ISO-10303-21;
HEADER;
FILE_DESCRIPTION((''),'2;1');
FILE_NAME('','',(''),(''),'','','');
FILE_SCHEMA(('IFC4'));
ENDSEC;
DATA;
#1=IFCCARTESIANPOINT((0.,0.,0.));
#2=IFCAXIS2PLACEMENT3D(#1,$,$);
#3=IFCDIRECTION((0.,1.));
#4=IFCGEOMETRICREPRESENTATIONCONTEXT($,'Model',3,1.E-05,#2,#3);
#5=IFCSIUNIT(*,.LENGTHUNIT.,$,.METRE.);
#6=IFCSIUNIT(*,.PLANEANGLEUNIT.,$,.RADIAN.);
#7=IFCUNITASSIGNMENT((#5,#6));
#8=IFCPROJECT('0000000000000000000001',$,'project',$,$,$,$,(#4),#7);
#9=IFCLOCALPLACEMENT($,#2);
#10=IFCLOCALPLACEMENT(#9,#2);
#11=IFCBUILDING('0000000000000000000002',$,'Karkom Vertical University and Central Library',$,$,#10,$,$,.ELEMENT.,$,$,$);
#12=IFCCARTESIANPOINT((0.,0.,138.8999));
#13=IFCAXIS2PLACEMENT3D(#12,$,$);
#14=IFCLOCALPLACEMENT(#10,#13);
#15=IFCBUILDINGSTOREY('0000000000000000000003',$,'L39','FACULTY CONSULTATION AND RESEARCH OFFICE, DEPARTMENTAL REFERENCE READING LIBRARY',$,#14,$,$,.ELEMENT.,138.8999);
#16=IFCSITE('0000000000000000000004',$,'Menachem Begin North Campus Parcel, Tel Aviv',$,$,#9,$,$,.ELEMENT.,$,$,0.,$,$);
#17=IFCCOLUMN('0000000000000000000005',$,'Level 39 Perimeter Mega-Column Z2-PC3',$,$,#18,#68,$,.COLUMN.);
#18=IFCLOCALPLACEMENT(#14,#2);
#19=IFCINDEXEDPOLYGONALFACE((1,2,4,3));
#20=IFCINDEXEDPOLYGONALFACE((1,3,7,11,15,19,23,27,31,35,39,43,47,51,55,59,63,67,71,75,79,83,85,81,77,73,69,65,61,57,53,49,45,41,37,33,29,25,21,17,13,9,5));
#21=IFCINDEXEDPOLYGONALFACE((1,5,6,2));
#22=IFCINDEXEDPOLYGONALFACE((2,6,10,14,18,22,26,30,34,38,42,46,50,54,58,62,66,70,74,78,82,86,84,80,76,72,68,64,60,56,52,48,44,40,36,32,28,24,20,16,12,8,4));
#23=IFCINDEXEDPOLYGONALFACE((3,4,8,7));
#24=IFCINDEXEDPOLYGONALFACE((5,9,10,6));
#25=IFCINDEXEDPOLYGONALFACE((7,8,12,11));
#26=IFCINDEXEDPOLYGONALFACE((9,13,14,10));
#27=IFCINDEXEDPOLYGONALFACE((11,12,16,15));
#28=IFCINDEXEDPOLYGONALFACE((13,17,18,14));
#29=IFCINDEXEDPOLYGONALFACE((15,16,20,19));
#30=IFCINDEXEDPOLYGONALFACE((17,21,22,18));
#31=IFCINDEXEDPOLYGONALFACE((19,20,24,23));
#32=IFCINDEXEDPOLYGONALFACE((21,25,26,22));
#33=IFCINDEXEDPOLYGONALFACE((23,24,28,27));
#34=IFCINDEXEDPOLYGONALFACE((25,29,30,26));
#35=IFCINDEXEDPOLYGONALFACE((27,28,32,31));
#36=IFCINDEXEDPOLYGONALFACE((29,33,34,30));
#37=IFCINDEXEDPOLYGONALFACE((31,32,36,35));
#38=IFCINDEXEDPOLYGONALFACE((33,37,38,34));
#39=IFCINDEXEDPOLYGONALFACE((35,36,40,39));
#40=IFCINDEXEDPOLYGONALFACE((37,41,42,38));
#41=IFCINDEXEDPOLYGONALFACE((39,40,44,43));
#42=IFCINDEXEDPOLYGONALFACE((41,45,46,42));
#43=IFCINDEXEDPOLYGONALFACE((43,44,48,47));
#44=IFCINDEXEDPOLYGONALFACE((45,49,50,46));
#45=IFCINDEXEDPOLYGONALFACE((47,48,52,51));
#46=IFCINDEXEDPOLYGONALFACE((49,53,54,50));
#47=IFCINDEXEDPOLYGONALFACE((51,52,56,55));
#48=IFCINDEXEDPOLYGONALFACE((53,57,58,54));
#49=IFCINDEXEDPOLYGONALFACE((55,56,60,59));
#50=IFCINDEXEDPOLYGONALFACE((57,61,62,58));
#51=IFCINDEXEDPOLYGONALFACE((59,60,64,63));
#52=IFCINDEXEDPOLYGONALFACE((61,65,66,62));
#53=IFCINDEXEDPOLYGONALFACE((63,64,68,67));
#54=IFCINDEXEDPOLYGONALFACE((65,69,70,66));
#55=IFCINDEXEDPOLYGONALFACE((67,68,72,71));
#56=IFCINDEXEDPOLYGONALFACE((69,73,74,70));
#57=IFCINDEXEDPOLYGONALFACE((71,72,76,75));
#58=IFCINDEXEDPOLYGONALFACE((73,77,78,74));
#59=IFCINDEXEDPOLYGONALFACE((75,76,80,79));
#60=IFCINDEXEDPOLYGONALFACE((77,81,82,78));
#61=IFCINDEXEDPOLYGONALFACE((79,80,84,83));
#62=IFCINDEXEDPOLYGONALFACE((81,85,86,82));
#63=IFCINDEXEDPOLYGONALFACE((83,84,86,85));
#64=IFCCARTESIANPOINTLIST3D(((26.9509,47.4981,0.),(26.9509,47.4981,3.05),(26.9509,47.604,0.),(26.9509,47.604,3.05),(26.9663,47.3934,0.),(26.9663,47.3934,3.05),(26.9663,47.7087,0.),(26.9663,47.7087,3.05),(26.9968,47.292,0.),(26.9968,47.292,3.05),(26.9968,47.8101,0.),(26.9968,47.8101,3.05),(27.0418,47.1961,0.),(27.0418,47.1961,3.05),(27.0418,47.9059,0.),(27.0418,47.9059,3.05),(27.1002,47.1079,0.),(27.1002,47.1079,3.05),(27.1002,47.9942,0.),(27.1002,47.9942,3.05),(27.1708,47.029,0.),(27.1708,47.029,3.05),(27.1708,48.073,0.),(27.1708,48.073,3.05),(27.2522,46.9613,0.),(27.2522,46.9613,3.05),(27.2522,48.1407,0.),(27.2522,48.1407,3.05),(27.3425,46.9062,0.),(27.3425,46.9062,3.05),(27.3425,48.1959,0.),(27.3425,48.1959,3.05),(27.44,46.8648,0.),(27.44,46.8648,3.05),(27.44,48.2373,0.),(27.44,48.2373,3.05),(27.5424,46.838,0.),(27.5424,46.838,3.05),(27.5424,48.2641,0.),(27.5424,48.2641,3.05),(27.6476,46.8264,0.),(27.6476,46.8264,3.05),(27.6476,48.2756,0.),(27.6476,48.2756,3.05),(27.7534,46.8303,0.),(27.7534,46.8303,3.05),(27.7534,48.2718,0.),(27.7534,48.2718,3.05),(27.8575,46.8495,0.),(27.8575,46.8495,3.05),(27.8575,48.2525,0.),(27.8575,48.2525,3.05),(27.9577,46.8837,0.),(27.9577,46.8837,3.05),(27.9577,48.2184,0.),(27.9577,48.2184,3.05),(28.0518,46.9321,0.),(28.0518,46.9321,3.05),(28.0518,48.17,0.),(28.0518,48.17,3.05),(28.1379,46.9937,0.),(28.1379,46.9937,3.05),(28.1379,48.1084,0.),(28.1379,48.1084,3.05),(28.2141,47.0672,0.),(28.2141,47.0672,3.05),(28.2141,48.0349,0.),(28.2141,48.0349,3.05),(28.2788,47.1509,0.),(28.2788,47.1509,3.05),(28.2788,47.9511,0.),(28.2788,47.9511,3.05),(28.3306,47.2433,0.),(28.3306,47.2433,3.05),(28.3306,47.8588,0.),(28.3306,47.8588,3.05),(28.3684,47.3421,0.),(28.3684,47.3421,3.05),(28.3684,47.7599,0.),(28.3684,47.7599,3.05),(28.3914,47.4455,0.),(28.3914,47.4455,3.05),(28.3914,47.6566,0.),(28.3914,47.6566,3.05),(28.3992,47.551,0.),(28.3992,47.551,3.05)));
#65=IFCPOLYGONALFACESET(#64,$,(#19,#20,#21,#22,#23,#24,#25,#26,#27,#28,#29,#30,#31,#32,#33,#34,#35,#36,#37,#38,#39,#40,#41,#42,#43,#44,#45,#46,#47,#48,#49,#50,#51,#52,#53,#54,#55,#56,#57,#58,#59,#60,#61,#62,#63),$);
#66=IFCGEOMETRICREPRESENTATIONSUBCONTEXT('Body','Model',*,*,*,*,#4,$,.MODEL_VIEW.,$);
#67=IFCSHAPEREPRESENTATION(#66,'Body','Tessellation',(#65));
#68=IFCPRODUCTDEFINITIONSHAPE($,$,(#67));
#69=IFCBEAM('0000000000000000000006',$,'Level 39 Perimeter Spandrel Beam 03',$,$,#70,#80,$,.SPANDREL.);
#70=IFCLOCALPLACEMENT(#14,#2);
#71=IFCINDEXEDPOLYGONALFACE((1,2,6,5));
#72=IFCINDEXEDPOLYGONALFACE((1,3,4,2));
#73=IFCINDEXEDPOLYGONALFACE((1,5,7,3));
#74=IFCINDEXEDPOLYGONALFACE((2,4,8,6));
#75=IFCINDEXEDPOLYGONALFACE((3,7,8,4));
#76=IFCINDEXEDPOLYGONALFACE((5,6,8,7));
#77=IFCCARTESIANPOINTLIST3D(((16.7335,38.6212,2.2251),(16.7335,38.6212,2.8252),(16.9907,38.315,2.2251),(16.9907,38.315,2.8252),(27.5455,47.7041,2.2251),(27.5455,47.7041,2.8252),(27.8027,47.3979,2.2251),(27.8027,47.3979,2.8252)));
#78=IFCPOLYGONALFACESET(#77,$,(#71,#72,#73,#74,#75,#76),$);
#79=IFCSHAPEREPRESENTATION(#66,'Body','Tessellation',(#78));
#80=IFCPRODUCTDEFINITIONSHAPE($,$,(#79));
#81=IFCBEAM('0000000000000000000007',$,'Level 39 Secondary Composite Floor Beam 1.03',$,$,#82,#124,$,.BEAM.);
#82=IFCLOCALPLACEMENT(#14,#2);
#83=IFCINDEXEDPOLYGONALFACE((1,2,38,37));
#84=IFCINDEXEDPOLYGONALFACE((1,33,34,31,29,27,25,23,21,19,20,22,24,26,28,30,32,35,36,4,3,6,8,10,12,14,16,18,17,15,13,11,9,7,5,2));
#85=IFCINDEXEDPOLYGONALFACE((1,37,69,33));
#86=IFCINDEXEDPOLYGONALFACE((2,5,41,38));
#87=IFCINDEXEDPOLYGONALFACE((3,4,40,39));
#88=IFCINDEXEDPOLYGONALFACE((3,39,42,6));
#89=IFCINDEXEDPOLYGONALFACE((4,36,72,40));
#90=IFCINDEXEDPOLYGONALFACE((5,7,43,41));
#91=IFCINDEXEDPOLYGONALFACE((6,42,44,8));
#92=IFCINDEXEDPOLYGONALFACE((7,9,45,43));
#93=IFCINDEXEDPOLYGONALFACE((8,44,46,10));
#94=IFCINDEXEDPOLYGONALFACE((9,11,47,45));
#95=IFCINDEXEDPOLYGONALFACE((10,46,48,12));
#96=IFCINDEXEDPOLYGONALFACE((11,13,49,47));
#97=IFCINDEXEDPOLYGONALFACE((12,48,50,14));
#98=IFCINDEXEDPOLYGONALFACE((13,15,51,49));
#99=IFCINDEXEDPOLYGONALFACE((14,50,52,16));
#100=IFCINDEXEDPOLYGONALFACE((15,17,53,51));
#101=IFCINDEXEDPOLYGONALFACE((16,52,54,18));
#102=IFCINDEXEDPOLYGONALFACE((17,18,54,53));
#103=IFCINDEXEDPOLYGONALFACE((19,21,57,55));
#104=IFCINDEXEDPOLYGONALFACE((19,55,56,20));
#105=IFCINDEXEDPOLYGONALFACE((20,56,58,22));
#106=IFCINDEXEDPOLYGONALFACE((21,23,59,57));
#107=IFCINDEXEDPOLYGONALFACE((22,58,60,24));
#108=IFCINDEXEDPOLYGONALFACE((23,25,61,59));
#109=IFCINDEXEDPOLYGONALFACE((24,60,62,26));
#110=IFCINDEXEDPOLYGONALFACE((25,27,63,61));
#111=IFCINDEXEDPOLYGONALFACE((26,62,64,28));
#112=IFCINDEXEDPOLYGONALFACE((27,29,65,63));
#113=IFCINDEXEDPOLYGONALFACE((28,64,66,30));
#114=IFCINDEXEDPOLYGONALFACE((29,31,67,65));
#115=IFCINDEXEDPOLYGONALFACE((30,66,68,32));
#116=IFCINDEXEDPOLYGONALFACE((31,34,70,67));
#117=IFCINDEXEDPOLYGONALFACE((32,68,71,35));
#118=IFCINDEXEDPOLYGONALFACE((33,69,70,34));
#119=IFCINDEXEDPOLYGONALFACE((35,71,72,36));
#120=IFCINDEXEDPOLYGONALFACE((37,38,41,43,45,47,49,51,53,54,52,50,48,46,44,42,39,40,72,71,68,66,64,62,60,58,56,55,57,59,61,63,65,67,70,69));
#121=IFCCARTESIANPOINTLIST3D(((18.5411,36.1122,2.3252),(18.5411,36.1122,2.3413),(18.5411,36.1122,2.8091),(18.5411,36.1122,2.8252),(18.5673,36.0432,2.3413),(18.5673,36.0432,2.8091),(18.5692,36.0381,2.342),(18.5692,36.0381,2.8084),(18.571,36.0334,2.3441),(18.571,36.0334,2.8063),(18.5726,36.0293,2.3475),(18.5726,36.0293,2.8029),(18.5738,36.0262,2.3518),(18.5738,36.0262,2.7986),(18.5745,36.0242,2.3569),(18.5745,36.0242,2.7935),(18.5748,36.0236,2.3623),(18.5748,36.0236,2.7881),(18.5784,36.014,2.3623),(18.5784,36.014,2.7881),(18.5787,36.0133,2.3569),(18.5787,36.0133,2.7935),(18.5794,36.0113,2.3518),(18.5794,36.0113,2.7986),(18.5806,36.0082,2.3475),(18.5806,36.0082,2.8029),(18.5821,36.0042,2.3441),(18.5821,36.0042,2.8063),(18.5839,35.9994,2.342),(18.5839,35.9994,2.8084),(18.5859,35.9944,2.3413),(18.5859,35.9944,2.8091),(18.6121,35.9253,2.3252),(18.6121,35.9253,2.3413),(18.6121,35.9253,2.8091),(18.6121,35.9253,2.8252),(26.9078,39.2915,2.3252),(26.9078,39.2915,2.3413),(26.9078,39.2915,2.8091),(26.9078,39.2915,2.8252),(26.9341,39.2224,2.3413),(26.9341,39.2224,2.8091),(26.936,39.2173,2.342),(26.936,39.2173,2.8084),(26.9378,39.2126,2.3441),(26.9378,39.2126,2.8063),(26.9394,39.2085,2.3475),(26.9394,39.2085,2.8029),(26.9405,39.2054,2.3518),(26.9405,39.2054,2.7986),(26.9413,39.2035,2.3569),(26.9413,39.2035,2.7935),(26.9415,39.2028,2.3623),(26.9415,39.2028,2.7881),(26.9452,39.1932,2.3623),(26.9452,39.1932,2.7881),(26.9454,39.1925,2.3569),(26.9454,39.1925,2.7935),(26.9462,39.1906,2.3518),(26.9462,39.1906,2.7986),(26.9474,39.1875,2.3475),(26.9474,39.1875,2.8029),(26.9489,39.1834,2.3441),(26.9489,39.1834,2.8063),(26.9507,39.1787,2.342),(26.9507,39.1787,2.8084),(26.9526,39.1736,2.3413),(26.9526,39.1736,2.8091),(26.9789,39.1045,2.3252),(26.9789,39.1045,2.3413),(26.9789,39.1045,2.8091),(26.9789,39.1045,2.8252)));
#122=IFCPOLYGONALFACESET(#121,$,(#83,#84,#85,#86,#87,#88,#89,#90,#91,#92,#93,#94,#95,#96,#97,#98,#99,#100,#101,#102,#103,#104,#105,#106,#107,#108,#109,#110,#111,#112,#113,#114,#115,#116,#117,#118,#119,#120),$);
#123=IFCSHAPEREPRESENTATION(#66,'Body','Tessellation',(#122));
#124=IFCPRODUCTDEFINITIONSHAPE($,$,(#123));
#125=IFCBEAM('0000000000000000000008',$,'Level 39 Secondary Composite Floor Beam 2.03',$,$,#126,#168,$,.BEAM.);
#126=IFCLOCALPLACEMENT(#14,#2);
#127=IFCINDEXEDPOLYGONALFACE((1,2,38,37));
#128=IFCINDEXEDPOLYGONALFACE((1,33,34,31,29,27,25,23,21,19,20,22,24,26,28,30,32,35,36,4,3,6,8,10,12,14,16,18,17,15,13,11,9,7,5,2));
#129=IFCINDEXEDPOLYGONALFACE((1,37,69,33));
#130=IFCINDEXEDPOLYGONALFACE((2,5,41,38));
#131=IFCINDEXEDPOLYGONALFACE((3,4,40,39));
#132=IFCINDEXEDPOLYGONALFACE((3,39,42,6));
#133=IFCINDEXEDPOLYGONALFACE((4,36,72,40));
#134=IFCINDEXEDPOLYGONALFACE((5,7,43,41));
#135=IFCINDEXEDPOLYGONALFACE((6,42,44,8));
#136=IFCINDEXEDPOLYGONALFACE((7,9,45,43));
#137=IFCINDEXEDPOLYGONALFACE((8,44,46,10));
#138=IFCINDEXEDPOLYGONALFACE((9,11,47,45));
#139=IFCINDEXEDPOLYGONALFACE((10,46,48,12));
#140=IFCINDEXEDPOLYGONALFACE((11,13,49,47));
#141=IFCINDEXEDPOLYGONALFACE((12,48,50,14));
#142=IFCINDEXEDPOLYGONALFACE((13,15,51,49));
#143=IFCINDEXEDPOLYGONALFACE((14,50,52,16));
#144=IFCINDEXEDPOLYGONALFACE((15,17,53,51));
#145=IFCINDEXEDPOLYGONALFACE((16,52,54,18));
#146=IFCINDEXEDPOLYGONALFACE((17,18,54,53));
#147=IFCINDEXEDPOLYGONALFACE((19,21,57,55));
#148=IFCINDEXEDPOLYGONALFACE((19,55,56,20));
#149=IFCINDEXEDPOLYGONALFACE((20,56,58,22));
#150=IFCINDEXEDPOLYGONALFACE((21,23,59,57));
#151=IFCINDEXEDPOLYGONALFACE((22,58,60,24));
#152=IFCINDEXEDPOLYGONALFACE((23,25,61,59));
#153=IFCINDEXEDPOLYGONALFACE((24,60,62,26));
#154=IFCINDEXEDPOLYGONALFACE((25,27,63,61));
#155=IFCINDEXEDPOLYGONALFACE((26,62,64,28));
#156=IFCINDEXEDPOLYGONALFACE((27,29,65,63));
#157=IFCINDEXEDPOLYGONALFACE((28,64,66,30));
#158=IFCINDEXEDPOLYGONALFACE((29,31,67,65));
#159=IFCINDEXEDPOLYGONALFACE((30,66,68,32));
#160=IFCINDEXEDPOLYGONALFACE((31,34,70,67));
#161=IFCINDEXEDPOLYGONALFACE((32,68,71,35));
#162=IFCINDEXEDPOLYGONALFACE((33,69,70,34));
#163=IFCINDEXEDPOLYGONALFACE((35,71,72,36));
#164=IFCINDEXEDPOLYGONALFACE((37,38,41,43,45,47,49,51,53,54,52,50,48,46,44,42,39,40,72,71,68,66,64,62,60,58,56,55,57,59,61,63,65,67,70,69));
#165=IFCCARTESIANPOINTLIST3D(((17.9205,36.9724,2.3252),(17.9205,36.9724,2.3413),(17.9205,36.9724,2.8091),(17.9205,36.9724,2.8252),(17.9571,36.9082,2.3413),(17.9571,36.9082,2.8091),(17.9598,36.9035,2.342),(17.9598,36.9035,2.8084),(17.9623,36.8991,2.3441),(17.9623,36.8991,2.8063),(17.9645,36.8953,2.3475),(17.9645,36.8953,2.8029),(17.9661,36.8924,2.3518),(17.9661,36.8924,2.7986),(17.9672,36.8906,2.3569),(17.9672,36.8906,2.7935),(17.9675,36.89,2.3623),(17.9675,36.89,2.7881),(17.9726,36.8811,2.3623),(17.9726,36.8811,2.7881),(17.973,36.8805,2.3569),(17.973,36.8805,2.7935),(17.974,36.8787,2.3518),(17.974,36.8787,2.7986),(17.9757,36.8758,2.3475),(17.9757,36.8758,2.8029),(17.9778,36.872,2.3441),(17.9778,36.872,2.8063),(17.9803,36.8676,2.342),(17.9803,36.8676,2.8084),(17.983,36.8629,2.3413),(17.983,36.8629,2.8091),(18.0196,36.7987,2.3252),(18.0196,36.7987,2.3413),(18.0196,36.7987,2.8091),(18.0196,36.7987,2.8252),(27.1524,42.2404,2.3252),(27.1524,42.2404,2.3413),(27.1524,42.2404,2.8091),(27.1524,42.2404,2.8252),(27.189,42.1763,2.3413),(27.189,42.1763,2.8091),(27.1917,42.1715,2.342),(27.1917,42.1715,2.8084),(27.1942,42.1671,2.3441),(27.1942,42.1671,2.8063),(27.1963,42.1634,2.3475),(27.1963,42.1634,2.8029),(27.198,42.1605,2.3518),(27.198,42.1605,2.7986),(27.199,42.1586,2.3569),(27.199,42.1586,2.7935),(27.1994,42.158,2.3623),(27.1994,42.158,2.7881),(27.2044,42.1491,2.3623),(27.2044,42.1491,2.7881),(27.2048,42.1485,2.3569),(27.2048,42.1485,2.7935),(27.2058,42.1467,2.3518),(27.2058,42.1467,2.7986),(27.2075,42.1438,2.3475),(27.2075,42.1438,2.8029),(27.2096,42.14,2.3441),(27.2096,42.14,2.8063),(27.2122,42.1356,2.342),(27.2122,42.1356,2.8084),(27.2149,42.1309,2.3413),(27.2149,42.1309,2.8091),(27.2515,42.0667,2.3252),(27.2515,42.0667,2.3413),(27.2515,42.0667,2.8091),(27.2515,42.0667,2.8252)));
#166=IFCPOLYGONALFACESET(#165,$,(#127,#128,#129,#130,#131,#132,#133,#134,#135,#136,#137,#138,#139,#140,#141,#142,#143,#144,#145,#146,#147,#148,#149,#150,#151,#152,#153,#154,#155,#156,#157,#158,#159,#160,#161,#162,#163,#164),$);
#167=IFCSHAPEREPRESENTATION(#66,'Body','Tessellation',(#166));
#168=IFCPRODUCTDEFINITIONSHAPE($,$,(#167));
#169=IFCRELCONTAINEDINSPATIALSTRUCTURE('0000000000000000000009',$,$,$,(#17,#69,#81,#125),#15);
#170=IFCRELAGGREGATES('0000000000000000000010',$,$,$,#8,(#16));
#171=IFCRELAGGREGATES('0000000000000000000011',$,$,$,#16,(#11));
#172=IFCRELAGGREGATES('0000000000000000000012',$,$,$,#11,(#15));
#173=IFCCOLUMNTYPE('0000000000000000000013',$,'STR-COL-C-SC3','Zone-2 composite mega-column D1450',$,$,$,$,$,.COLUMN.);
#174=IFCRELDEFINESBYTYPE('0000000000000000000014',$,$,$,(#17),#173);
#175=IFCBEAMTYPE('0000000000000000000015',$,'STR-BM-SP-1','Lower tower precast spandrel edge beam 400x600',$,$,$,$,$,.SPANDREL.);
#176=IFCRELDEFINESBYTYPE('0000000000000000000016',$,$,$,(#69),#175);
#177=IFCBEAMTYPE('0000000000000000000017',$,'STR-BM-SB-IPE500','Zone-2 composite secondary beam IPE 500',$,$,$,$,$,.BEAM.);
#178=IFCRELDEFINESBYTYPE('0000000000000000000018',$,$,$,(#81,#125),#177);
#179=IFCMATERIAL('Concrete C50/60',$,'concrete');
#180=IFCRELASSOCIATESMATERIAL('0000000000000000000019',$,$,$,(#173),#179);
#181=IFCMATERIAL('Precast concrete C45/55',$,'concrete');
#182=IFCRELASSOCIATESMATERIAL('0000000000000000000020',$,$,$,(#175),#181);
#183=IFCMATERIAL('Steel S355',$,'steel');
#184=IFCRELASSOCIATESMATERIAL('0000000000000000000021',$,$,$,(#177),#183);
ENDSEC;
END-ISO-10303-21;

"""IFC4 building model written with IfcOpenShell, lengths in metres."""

from ifc_helpers import new_model, si_unit, direction, frame, origin, origin_with_axes, origin_2d, place, context, subcontext, project, spatial, rectangle, circle, i_section, extrude, source, transform, mapped, material, material_profile, profile_set, type_object, element, save


model = new_model("IFC4")

# Units and contexts
model_context = context("Model", 3, precision=1e-05, world=origin(), true_north=direction((0.0, 1.0)))
body_context = subcontext(model_context, "Body", "Model", "MODEL_VIEW")
ifc_project = project(units=[si_unit("LENGTHUNIT", "METRE"), si_unit("PLANEANGLEUNIT", "RADIAN")], contexts=[model_context])

# Site, building, storey
site_placement = place(None, origin())
site = spatial("IfcSite", under=ifc_project, at=site_placement, Name="Menachem Begin North Campus Parcel, Tel Aviv", CompositionType="ELEMENT", RefElevation=0.0)
building_placement = place(site_placement, origin())
building = spatial("IfcBuilding", under=site, at=building_placement, Name="Karkom Vertical University and Central Library", CompositionType="ELEMENT")
storey_placement = place(building_placement, frame((0.0, 0.0, 138.8999)))
storey = spatial("IfcBuildingStorey", under=building, at=storey_placement, Name="L39", Description="FACULTY CONSULTATION AND RESEARCH OFFICE, DEPARTMENTAL REFERENCE READING LIBRARY", CompositionType="ELEMENT", Elevation=138.8999)

# Column
ifc_material_1 = material(Name="Concrete C50/60", Category="concrete")
ifc_material_profile_1 = material_profile(ifc_material_1, circle(Radius=0.7251, at=origin_2d()), Name="CFT-D1450")
ifc_profile_set_1 = profile_set([ifc_material_profile_1], Name="Concrete C50/60")
column_type = type_object("IfcColumnType", Name="STR-COL-C-SC3", Description="Zone-2 composite mega-column D1450", PredefinedType="COLUMN", material=ifc_profile_set_1)
shared_shape_1 = source(origin_with_axes(), body_context, "Body", "SweptSolid", [
    extrude(circle(Radius=0.7251, at=origin_2d()), origin(), (0.0, 0.0, 1.0), 3.05),
])
column_placement = place(storey_placement, frame((27.6741, 47.551, 0.0), z_axis=(0.0, 0.0, 1.0), x_axis=(1.0, 0.0, 0.0)))
element("IfcColumn", 1, at=column_placement, inside=storey, type_object=column_type, Name="Level 39 Perimeter Mega-Column Z2-PC3", PredefinedType="COLUMN", context=body_context, shape_type="MappedRepresentation", body=[
    mapped(shared_shape_1, transform((0.0, 0.0, 0.0), scale=1.0)),
])

# Beams
ifc_material_2 = material(Name="Precast concrete C45/55", Category="concrete")
ifc_material_profile_2 = material_profile(ifc_material_2, rectangle(XDim=0.3999, YDim=0.6001, at=origin_2d()), Name="SPB-400x600")
ifc_profile_set_2 = profile_set([ifc_material_profile_2], Name="Precast concrete C45/55")
beam_type_1 = type_object("IfcBeamType", Name="STR-BM-SP-1", Description="Lower tower precast spandrel edge beam 400x600", PredefinedType="SPANDREL", material=ifc_profile_set_2)
shared_shape_2 = source(origin_with_axes(), body_context, "Body", "SweptSolid", [
    extrude(rectangle(XDim=0.3999, YDim=0.6001, at=origin_2d()), origin(), (0.0, 0.0, 1.0), 14.1208),
])
beam_1_placement = place(storey_placement, frame((27.6741, 47.551, 2.5251), z_axis=(-0.765673, -0.64323, 0.0), x_axis=(0.64323, -0.765673, 0.0)))
element("IfcBeam", 2, at=beam_1_placement, inside=storey, type_object=beam_type_1, Name="Level 39 Perimeter Spandrel Beam 03", PredefinedType="SPANDREL", context=body_context, shape_type="MappedRepresentation", body=[
    mapped(shared_shape_2, transform((0.0, 0.0, 0.0), scale=1.0)),
])
ifc_material_3 = material(Name="Steel S355", Category="steel")
ifc_material_profile_3 = material_profile(ifc_material_3, i_section(OverallWidth=0.2, OverallDepth=0.5, WebThickness=0.0103, FlangeThickness=0.0161, FilletRadius=0.021, at=origin_2d()), Name="IPE 500")
ifc_profile_set_3 = profile_set([ifc_material_profile_3], Name="Steel S355")
beam_type_2 = type_object("IfcBeamType", Name="STR-BM-SB-IPE500", Description="Zone-2 composite secondary beam IPE 500", PredefinedType="BEAM", material=ifc_profile_set_3)
shared_shape_3 = source(origin_with_axes(), body_context, "Body", "SweptSolid", [
    extrude(i_section(OverallWidth=0.2, OverallDepth=0.5, WebThickness=0.0103, FlangeThickness=0.0161, FilletRadius=0.021, at=origin_2d()), origin(), (0.0, 0.0, 1.0), 8.9504),
])
beam_2_placement = place(storey_placement, frame((26.9434, 39.198, 2.5752), z_axis=(-0.934789, -0.355203, 0.0), x_axis=(0.355203, -0.934789, 0.0)))
element("IfcBeam", 3, at=beam_2_placement, inside=storey, type_object=beam_type_2, Name="Level 39 Secondary Composite Floor Beam 1.03", PredefinedType="BEAM", context=body_context, shape_type="MappedRepresentation", body=[
    mapped(shared_shape_3, transform((0.0, 0.0, 0.0), scale=1.0)),
])
shared_shape_4 = source(origin_with_axes(), body_context, "Body", "SweptSolid", [
    extrude(i_section(OverallWidth=0.2, OverallDepth=0.5, WebThickness=0.0103, FlangeThickness=0.0161, FilletRadius=0.021, at=origin_2d()), origin(), (0.0, 0.0, 1.0), 10.6292),
])
beam_3_placement = place(storey_placement, frame((27.2019, 42.1536, 2.5752), z_axis=(-0.86854, -0.495619, 0.0), x_axis=(0.495619, -0.86854, 0.0)))
element("IfcBeam", 4, at=beam_3_placement, inside=storey, type_object=beam_type_2, Name="Level 39 Secondary Composite Floor Beam 2.03", PredefinedType="BEAM", context=body_context, shape_type="MappedRepresentation", body=[
    mapped(shared_shape_4, transform((0.0, 0.0, 0.0), scale=1.0)),
])

save(model, "model.ifc")
